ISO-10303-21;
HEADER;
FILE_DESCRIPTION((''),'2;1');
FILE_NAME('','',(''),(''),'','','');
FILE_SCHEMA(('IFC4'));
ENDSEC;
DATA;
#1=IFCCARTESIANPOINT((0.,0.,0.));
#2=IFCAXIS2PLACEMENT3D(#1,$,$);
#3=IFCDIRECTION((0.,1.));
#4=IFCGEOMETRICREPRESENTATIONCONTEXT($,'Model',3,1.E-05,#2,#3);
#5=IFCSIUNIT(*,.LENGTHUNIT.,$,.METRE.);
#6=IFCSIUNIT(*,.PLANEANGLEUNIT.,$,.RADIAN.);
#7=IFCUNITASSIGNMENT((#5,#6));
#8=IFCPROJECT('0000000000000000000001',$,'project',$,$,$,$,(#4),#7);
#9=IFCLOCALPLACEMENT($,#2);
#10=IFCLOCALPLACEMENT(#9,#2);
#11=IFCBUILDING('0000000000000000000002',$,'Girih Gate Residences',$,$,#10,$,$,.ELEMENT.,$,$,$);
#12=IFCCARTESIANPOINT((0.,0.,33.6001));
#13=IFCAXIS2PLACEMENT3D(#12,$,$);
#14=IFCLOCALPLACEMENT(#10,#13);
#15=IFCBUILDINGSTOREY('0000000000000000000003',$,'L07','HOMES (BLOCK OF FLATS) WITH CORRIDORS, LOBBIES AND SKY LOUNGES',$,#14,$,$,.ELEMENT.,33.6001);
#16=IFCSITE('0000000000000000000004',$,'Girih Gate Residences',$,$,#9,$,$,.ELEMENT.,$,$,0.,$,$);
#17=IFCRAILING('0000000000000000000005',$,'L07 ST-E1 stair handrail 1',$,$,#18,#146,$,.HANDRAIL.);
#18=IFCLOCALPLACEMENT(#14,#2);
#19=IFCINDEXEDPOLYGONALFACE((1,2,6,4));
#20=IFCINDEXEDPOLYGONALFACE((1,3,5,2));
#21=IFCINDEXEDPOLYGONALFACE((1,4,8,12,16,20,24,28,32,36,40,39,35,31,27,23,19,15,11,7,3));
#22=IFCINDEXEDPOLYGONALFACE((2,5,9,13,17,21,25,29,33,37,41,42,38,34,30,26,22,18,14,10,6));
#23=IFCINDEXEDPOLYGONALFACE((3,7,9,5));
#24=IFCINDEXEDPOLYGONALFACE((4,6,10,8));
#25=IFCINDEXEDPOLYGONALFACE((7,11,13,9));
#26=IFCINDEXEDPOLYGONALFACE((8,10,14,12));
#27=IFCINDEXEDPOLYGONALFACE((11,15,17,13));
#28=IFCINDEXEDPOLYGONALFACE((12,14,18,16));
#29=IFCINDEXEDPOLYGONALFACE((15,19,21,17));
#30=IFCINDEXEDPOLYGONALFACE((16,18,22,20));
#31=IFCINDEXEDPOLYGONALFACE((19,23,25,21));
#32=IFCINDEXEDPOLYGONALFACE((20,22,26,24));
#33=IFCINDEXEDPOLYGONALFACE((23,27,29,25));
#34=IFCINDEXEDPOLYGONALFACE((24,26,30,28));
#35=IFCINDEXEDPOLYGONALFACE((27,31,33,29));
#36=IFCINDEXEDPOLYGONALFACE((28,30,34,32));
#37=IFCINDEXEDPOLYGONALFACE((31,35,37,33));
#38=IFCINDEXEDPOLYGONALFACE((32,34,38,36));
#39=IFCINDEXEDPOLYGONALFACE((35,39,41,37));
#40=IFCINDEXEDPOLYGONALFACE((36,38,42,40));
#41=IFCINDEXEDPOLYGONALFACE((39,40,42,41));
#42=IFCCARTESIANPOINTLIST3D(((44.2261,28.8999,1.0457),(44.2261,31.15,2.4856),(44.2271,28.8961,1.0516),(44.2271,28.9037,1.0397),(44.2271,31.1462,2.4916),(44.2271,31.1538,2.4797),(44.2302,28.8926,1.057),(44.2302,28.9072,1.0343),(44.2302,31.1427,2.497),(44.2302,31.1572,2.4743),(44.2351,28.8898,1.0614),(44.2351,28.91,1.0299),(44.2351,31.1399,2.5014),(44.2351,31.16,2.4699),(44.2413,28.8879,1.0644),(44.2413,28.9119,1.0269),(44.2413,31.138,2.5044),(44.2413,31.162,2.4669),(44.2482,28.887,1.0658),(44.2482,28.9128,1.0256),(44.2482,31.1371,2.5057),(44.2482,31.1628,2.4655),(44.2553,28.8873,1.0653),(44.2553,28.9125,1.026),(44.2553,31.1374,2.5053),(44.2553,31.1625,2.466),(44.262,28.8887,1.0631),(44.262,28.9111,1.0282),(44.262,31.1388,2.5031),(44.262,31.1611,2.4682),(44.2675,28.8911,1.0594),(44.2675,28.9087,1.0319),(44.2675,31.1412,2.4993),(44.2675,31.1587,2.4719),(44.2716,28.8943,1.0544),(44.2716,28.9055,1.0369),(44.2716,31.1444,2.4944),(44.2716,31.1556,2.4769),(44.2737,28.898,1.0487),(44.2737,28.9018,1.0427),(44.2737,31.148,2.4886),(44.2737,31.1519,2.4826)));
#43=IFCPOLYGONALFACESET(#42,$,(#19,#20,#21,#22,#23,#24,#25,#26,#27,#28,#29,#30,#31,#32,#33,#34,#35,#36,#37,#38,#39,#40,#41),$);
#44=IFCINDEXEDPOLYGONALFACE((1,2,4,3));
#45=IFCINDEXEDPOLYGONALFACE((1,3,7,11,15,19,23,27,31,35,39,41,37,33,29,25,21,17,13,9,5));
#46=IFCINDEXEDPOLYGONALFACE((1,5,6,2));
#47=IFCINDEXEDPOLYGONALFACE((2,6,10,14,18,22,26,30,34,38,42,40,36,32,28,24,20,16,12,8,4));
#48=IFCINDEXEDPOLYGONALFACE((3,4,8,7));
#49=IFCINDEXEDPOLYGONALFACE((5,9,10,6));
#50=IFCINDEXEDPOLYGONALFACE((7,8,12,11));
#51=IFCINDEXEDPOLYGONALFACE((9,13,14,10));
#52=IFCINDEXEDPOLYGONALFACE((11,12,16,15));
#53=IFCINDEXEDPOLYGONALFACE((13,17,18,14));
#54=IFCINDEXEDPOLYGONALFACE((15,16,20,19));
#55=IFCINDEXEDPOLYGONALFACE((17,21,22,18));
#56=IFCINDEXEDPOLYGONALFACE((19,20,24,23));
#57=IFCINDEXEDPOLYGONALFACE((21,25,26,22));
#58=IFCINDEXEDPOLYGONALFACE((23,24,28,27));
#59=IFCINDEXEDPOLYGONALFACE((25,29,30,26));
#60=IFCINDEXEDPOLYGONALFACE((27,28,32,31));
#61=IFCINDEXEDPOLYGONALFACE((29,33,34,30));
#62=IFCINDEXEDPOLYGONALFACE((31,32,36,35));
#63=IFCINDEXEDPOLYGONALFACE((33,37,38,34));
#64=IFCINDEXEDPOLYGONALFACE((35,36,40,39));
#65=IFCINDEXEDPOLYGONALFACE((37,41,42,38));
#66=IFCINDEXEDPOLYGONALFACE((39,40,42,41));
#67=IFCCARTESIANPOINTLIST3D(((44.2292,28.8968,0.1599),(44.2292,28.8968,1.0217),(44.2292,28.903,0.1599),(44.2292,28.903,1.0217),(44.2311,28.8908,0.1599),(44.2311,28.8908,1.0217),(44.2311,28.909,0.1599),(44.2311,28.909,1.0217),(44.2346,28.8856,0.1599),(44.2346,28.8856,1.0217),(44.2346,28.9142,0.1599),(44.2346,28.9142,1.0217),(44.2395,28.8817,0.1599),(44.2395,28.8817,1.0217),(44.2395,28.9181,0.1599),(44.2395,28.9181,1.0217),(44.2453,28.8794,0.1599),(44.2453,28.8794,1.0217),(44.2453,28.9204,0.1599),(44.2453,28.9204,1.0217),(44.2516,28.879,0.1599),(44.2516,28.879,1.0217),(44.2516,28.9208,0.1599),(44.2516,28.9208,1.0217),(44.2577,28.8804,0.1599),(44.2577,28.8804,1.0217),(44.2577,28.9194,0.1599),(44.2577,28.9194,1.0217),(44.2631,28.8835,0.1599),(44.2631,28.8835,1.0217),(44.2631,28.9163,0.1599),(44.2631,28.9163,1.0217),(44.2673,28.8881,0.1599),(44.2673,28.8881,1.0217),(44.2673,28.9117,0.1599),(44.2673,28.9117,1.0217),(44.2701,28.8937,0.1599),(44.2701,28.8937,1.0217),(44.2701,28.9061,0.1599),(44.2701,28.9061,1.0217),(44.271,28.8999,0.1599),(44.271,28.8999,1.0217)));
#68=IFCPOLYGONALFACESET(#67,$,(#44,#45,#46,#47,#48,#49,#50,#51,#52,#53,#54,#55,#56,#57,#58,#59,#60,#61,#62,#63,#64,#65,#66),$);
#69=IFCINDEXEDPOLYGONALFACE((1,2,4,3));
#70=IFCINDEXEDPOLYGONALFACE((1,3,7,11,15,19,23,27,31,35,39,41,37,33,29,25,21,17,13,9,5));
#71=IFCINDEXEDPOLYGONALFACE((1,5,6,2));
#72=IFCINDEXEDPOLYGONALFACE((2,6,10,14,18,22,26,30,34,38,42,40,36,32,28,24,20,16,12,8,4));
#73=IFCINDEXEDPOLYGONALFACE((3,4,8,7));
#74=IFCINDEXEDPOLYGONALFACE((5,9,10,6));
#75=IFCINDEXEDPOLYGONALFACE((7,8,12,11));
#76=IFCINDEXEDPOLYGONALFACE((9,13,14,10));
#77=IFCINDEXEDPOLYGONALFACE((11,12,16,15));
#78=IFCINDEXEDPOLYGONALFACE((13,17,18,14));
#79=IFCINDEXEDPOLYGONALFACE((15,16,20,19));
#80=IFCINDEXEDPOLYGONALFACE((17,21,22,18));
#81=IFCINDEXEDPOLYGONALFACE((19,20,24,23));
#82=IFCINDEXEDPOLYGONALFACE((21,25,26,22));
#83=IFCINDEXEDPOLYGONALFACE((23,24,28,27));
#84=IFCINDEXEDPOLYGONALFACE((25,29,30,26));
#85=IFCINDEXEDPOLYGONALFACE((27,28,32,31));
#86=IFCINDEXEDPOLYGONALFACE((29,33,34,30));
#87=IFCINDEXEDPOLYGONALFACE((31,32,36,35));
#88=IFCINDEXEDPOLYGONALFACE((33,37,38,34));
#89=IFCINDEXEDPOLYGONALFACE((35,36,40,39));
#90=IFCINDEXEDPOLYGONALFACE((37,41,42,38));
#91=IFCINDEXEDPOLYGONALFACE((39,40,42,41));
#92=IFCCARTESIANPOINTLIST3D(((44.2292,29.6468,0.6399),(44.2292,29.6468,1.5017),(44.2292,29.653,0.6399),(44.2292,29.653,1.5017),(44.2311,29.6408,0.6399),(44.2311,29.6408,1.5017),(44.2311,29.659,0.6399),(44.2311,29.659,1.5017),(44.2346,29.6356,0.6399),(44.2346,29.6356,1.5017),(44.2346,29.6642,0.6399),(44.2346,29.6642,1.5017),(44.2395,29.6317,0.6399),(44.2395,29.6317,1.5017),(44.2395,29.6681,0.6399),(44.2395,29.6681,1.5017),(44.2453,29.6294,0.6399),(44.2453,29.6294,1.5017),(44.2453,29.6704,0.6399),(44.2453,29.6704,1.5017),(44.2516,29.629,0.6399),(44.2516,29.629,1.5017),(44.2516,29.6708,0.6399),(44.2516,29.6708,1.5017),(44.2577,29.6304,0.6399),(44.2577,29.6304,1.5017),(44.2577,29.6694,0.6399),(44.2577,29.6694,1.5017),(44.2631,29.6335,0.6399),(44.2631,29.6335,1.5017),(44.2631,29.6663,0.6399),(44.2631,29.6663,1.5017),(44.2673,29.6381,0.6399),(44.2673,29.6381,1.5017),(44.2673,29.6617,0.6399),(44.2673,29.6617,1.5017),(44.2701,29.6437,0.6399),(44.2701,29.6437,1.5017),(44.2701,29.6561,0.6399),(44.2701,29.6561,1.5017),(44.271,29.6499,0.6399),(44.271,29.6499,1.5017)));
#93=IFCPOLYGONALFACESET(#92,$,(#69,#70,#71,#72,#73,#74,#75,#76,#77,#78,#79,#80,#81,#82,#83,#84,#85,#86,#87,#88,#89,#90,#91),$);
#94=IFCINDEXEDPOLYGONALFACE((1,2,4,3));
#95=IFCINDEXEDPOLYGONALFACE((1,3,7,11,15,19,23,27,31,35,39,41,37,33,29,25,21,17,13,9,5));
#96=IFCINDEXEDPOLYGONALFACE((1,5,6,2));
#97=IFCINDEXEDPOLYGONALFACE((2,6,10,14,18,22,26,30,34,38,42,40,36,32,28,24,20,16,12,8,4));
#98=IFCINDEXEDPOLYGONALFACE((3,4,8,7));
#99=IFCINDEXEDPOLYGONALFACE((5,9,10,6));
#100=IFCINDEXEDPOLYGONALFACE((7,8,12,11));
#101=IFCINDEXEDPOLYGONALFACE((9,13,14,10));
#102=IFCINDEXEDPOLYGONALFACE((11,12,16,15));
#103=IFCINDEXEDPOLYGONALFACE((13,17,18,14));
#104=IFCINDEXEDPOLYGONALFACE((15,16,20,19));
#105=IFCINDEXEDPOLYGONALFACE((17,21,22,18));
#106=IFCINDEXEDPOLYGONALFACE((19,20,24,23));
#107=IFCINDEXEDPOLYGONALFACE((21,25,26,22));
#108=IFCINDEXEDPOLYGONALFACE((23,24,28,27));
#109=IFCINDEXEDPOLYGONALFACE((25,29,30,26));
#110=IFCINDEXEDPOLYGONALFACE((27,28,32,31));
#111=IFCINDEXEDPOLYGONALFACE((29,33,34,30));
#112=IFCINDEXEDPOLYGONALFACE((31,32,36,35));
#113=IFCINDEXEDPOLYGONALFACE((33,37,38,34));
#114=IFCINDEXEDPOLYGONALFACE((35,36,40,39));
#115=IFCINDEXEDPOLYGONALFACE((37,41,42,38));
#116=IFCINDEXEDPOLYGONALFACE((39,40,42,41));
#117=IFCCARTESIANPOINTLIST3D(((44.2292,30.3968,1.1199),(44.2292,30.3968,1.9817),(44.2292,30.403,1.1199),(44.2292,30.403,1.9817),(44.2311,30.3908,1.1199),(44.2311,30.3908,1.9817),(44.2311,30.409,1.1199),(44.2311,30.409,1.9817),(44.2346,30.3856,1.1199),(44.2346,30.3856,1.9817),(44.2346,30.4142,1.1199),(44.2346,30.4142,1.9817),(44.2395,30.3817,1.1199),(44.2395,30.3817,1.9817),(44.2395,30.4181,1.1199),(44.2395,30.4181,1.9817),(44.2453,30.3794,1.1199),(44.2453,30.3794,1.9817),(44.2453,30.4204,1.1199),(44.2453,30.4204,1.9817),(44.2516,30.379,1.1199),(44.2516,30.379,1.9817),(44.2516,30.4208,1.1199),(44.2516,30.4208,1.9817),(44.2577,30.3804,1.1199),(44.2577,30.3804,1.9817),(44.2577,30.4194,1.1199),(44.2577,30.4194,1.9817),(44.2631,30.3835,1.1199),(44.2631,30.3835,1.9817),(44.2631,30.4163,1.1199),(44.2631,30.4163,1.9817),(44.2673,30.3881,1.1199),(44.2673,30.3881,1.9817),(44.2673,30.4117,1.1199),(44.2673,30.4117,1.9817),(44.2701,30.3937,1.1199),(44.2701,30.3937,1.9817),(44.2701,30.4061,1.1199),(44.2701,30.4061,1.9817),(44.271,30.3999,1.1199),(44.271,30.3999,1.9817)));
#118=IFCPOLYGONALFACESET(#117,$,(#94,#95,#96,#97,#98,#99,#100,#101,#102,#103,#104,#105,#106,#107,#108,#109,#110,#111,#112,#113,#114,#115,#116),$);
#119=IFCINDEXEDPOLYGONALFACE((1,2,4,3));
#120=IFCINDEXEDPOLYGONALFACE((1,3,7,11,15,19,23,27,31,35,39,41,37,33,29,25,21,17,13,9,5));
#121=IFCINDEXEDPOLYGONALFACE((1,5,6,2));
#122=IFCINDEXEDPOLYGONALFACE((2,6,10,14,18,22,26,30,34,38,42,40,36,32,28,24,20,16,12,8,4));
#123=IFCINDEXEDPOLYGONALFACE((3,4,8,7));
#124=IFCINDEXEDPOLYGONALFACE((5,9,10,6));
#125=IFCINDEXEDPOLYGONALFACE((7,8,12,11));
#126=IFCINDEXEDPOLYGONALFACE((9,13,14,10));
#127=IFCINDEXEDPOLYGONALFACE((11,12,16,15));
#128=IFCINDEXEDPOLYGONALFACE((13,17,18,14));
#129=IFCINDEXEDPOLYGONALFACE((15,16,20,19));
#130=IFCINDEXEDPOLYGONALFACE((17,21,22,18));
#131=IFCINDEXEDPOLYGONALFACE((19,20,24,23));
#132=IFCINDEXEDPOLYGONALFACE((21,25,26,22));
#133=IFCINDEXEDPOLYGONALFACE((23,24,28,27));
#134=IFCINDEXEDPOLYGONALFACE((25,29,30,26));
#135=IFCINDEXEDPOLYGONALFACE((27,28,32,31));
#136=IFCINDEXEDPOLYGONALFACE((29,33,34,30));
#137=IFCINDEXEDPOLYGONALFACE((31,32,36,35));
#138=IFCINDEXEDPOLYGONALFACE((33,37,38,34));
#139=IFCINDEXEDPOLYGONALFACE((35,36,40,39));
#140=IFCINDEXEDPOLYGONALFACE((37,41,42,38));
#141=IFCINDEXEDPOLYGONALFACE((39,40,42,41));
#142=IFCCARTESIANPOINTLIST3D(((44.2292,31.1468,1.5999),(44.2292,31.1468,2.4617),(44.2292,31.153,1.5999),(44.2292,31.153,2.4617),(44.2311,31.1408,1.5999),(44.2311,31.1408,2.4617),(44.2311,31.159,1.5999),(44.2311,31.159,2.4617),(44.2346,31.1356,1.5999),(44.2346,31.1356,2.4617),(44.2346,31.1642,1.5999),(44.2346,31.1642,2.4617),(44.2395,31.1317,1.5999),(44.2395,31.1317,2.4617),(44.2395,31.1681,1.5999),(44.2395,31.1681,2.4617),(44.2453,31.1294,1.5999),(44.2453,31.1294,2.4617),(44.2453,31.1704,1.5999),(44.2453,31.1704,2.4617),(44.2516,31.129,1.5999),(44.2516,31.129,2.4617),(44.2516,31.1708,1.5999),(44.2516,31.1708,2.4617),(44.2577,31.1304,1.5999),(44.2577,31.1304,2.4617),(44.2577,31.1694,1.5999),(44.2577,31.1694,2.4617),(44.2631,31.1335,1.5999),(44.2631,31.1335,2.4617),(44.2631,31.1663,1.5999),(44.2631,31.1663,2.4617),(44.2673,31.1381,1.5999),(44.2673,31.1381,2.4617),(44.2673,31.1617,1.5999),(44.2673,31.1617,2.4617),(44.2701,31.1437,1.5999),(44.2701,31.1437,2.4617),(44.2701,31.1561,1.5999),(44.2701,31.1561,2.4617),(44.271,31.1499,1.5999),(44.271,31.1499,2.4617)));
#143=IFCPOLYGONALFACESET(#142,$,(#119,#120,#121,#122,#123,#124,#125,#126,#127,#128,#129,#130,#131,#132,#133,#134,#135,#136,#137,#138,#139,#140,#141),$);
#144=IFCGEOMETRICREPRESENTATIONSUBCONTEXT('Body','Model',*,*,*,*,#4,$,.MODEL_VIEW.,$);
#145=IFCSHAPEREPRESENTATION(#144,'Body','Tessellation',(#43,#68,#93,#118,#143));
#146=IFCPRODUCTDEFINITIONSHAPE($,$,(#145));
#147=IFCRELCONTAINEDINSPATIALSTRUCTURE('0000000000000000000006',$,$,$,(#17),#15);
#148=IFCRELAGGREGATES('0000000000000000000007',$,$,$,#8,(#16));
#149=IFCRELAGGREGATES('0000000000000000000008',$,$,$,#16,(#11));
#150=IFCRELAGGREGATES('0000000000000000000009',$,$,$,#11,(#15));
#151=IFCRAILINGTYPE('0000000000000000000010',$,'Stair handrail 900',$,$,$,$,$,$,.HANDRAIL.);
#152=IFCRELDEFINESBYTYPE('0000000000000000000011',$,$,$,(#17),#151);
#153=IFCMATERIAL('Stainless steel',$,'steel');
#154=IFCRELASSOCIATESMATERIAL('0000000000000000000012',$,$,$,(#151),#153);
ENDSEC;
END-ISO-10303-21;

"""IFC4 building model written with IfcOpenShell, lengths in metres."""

from ifc_helpers import new_model, si_unit, direction, frame, origin, origin_2d, place, context, subcontext, project, spatial, circle, extrude, material, type_object, element, save


model = new_model("IFC4")

# Units and contexts
model_context = context("Model", 3, precision=1e-05, world=origin(), true_north=direction((0.0, 1.0)))
body_context = subcontext(model_context, "Body", "Model", "MODEL_VIEW")
ifc_project = project(units=[si_unit("LENGTHUNIT", "METRE"), si_unit("PLANEANGLEUNIT", "RADIAN")], contexts=[model_context])

# Site, building, storey
site_placement = place(None, origin())
site = spatial("IfcSite", under=ifc_project, at=site_placement, Name="Girih Gate Residences", CompositionType="ELEMENT", RefElevation=0.0)
building_placement = place(site_placement, origin())
building = spatial("IfcBuilding", under=site, at=building_placement, Name="Girih Gate Residences", CompositionType="ELEMENT")
storey_placement = place(building_placement, frame((0.0, 0.0, 33.6001)))
storey = spatial("IfcBuildingStorey", under=building, at=storey_placement, Name="L07", Description="HOMES (BLOCK OF FLATS) WITH CORRIDORS, LOBBIES AND SKY LOUNGES", CompositionType="ELEMENT", Elevation=33.6001)

# Railing
ifc_material_1 = material(Name="Stainless steel", Category="steel")
railing_type_1 = type_object("IfcRailingType", Name="Stair handrail 900", PredefinedType="HANDRAIL", material=ifc_material_1)
railing_1_placement = place(storey_placement, frame((44.25, 28.8999, 0.1599)))
element("IfcRailing", 1, at=railing_1_placement, inside=storey, type_object=railing_type_1, Name="L07 ST-E1 stair handrail 1", PredefinedType="HANDRAIL", context=body_context, shape_type="SweptSolid", body=[
    extrude(circle(Radius=0.0239, at=origin_2d()), frame((0.0, 0.0, 0.8857), z_axis=(0.0, 0.842281, 0.539038), x_axis=(-1.0, 0.0, 0.0)), (0.0, 0.0, 1.0), 2.6714),
    extrude(circle(Radius=0.021, at=origin_2d()), origin(), (0.0, 0.0, 1.0), 0.8618),
    extrude(circle(Radius=0.021, at=origin_2d()), frame((0.0, 0.75, 0.48)), (0.0, 0.0, 1.0), 0.8618),
    extrude(circle(Radius=0.021, at=origin_2d()), frame((0.0, 1.5, 0.96)), (0.0, 0.0, 1.0), 0.8618),
    extrude(circle(Radius=0.021, at=origin_2d()), frame((0.0, 2.25, 1.4399)), (0.0, 0.0, 1.0), 0.8618),
])

save(model, "model.ifc")
